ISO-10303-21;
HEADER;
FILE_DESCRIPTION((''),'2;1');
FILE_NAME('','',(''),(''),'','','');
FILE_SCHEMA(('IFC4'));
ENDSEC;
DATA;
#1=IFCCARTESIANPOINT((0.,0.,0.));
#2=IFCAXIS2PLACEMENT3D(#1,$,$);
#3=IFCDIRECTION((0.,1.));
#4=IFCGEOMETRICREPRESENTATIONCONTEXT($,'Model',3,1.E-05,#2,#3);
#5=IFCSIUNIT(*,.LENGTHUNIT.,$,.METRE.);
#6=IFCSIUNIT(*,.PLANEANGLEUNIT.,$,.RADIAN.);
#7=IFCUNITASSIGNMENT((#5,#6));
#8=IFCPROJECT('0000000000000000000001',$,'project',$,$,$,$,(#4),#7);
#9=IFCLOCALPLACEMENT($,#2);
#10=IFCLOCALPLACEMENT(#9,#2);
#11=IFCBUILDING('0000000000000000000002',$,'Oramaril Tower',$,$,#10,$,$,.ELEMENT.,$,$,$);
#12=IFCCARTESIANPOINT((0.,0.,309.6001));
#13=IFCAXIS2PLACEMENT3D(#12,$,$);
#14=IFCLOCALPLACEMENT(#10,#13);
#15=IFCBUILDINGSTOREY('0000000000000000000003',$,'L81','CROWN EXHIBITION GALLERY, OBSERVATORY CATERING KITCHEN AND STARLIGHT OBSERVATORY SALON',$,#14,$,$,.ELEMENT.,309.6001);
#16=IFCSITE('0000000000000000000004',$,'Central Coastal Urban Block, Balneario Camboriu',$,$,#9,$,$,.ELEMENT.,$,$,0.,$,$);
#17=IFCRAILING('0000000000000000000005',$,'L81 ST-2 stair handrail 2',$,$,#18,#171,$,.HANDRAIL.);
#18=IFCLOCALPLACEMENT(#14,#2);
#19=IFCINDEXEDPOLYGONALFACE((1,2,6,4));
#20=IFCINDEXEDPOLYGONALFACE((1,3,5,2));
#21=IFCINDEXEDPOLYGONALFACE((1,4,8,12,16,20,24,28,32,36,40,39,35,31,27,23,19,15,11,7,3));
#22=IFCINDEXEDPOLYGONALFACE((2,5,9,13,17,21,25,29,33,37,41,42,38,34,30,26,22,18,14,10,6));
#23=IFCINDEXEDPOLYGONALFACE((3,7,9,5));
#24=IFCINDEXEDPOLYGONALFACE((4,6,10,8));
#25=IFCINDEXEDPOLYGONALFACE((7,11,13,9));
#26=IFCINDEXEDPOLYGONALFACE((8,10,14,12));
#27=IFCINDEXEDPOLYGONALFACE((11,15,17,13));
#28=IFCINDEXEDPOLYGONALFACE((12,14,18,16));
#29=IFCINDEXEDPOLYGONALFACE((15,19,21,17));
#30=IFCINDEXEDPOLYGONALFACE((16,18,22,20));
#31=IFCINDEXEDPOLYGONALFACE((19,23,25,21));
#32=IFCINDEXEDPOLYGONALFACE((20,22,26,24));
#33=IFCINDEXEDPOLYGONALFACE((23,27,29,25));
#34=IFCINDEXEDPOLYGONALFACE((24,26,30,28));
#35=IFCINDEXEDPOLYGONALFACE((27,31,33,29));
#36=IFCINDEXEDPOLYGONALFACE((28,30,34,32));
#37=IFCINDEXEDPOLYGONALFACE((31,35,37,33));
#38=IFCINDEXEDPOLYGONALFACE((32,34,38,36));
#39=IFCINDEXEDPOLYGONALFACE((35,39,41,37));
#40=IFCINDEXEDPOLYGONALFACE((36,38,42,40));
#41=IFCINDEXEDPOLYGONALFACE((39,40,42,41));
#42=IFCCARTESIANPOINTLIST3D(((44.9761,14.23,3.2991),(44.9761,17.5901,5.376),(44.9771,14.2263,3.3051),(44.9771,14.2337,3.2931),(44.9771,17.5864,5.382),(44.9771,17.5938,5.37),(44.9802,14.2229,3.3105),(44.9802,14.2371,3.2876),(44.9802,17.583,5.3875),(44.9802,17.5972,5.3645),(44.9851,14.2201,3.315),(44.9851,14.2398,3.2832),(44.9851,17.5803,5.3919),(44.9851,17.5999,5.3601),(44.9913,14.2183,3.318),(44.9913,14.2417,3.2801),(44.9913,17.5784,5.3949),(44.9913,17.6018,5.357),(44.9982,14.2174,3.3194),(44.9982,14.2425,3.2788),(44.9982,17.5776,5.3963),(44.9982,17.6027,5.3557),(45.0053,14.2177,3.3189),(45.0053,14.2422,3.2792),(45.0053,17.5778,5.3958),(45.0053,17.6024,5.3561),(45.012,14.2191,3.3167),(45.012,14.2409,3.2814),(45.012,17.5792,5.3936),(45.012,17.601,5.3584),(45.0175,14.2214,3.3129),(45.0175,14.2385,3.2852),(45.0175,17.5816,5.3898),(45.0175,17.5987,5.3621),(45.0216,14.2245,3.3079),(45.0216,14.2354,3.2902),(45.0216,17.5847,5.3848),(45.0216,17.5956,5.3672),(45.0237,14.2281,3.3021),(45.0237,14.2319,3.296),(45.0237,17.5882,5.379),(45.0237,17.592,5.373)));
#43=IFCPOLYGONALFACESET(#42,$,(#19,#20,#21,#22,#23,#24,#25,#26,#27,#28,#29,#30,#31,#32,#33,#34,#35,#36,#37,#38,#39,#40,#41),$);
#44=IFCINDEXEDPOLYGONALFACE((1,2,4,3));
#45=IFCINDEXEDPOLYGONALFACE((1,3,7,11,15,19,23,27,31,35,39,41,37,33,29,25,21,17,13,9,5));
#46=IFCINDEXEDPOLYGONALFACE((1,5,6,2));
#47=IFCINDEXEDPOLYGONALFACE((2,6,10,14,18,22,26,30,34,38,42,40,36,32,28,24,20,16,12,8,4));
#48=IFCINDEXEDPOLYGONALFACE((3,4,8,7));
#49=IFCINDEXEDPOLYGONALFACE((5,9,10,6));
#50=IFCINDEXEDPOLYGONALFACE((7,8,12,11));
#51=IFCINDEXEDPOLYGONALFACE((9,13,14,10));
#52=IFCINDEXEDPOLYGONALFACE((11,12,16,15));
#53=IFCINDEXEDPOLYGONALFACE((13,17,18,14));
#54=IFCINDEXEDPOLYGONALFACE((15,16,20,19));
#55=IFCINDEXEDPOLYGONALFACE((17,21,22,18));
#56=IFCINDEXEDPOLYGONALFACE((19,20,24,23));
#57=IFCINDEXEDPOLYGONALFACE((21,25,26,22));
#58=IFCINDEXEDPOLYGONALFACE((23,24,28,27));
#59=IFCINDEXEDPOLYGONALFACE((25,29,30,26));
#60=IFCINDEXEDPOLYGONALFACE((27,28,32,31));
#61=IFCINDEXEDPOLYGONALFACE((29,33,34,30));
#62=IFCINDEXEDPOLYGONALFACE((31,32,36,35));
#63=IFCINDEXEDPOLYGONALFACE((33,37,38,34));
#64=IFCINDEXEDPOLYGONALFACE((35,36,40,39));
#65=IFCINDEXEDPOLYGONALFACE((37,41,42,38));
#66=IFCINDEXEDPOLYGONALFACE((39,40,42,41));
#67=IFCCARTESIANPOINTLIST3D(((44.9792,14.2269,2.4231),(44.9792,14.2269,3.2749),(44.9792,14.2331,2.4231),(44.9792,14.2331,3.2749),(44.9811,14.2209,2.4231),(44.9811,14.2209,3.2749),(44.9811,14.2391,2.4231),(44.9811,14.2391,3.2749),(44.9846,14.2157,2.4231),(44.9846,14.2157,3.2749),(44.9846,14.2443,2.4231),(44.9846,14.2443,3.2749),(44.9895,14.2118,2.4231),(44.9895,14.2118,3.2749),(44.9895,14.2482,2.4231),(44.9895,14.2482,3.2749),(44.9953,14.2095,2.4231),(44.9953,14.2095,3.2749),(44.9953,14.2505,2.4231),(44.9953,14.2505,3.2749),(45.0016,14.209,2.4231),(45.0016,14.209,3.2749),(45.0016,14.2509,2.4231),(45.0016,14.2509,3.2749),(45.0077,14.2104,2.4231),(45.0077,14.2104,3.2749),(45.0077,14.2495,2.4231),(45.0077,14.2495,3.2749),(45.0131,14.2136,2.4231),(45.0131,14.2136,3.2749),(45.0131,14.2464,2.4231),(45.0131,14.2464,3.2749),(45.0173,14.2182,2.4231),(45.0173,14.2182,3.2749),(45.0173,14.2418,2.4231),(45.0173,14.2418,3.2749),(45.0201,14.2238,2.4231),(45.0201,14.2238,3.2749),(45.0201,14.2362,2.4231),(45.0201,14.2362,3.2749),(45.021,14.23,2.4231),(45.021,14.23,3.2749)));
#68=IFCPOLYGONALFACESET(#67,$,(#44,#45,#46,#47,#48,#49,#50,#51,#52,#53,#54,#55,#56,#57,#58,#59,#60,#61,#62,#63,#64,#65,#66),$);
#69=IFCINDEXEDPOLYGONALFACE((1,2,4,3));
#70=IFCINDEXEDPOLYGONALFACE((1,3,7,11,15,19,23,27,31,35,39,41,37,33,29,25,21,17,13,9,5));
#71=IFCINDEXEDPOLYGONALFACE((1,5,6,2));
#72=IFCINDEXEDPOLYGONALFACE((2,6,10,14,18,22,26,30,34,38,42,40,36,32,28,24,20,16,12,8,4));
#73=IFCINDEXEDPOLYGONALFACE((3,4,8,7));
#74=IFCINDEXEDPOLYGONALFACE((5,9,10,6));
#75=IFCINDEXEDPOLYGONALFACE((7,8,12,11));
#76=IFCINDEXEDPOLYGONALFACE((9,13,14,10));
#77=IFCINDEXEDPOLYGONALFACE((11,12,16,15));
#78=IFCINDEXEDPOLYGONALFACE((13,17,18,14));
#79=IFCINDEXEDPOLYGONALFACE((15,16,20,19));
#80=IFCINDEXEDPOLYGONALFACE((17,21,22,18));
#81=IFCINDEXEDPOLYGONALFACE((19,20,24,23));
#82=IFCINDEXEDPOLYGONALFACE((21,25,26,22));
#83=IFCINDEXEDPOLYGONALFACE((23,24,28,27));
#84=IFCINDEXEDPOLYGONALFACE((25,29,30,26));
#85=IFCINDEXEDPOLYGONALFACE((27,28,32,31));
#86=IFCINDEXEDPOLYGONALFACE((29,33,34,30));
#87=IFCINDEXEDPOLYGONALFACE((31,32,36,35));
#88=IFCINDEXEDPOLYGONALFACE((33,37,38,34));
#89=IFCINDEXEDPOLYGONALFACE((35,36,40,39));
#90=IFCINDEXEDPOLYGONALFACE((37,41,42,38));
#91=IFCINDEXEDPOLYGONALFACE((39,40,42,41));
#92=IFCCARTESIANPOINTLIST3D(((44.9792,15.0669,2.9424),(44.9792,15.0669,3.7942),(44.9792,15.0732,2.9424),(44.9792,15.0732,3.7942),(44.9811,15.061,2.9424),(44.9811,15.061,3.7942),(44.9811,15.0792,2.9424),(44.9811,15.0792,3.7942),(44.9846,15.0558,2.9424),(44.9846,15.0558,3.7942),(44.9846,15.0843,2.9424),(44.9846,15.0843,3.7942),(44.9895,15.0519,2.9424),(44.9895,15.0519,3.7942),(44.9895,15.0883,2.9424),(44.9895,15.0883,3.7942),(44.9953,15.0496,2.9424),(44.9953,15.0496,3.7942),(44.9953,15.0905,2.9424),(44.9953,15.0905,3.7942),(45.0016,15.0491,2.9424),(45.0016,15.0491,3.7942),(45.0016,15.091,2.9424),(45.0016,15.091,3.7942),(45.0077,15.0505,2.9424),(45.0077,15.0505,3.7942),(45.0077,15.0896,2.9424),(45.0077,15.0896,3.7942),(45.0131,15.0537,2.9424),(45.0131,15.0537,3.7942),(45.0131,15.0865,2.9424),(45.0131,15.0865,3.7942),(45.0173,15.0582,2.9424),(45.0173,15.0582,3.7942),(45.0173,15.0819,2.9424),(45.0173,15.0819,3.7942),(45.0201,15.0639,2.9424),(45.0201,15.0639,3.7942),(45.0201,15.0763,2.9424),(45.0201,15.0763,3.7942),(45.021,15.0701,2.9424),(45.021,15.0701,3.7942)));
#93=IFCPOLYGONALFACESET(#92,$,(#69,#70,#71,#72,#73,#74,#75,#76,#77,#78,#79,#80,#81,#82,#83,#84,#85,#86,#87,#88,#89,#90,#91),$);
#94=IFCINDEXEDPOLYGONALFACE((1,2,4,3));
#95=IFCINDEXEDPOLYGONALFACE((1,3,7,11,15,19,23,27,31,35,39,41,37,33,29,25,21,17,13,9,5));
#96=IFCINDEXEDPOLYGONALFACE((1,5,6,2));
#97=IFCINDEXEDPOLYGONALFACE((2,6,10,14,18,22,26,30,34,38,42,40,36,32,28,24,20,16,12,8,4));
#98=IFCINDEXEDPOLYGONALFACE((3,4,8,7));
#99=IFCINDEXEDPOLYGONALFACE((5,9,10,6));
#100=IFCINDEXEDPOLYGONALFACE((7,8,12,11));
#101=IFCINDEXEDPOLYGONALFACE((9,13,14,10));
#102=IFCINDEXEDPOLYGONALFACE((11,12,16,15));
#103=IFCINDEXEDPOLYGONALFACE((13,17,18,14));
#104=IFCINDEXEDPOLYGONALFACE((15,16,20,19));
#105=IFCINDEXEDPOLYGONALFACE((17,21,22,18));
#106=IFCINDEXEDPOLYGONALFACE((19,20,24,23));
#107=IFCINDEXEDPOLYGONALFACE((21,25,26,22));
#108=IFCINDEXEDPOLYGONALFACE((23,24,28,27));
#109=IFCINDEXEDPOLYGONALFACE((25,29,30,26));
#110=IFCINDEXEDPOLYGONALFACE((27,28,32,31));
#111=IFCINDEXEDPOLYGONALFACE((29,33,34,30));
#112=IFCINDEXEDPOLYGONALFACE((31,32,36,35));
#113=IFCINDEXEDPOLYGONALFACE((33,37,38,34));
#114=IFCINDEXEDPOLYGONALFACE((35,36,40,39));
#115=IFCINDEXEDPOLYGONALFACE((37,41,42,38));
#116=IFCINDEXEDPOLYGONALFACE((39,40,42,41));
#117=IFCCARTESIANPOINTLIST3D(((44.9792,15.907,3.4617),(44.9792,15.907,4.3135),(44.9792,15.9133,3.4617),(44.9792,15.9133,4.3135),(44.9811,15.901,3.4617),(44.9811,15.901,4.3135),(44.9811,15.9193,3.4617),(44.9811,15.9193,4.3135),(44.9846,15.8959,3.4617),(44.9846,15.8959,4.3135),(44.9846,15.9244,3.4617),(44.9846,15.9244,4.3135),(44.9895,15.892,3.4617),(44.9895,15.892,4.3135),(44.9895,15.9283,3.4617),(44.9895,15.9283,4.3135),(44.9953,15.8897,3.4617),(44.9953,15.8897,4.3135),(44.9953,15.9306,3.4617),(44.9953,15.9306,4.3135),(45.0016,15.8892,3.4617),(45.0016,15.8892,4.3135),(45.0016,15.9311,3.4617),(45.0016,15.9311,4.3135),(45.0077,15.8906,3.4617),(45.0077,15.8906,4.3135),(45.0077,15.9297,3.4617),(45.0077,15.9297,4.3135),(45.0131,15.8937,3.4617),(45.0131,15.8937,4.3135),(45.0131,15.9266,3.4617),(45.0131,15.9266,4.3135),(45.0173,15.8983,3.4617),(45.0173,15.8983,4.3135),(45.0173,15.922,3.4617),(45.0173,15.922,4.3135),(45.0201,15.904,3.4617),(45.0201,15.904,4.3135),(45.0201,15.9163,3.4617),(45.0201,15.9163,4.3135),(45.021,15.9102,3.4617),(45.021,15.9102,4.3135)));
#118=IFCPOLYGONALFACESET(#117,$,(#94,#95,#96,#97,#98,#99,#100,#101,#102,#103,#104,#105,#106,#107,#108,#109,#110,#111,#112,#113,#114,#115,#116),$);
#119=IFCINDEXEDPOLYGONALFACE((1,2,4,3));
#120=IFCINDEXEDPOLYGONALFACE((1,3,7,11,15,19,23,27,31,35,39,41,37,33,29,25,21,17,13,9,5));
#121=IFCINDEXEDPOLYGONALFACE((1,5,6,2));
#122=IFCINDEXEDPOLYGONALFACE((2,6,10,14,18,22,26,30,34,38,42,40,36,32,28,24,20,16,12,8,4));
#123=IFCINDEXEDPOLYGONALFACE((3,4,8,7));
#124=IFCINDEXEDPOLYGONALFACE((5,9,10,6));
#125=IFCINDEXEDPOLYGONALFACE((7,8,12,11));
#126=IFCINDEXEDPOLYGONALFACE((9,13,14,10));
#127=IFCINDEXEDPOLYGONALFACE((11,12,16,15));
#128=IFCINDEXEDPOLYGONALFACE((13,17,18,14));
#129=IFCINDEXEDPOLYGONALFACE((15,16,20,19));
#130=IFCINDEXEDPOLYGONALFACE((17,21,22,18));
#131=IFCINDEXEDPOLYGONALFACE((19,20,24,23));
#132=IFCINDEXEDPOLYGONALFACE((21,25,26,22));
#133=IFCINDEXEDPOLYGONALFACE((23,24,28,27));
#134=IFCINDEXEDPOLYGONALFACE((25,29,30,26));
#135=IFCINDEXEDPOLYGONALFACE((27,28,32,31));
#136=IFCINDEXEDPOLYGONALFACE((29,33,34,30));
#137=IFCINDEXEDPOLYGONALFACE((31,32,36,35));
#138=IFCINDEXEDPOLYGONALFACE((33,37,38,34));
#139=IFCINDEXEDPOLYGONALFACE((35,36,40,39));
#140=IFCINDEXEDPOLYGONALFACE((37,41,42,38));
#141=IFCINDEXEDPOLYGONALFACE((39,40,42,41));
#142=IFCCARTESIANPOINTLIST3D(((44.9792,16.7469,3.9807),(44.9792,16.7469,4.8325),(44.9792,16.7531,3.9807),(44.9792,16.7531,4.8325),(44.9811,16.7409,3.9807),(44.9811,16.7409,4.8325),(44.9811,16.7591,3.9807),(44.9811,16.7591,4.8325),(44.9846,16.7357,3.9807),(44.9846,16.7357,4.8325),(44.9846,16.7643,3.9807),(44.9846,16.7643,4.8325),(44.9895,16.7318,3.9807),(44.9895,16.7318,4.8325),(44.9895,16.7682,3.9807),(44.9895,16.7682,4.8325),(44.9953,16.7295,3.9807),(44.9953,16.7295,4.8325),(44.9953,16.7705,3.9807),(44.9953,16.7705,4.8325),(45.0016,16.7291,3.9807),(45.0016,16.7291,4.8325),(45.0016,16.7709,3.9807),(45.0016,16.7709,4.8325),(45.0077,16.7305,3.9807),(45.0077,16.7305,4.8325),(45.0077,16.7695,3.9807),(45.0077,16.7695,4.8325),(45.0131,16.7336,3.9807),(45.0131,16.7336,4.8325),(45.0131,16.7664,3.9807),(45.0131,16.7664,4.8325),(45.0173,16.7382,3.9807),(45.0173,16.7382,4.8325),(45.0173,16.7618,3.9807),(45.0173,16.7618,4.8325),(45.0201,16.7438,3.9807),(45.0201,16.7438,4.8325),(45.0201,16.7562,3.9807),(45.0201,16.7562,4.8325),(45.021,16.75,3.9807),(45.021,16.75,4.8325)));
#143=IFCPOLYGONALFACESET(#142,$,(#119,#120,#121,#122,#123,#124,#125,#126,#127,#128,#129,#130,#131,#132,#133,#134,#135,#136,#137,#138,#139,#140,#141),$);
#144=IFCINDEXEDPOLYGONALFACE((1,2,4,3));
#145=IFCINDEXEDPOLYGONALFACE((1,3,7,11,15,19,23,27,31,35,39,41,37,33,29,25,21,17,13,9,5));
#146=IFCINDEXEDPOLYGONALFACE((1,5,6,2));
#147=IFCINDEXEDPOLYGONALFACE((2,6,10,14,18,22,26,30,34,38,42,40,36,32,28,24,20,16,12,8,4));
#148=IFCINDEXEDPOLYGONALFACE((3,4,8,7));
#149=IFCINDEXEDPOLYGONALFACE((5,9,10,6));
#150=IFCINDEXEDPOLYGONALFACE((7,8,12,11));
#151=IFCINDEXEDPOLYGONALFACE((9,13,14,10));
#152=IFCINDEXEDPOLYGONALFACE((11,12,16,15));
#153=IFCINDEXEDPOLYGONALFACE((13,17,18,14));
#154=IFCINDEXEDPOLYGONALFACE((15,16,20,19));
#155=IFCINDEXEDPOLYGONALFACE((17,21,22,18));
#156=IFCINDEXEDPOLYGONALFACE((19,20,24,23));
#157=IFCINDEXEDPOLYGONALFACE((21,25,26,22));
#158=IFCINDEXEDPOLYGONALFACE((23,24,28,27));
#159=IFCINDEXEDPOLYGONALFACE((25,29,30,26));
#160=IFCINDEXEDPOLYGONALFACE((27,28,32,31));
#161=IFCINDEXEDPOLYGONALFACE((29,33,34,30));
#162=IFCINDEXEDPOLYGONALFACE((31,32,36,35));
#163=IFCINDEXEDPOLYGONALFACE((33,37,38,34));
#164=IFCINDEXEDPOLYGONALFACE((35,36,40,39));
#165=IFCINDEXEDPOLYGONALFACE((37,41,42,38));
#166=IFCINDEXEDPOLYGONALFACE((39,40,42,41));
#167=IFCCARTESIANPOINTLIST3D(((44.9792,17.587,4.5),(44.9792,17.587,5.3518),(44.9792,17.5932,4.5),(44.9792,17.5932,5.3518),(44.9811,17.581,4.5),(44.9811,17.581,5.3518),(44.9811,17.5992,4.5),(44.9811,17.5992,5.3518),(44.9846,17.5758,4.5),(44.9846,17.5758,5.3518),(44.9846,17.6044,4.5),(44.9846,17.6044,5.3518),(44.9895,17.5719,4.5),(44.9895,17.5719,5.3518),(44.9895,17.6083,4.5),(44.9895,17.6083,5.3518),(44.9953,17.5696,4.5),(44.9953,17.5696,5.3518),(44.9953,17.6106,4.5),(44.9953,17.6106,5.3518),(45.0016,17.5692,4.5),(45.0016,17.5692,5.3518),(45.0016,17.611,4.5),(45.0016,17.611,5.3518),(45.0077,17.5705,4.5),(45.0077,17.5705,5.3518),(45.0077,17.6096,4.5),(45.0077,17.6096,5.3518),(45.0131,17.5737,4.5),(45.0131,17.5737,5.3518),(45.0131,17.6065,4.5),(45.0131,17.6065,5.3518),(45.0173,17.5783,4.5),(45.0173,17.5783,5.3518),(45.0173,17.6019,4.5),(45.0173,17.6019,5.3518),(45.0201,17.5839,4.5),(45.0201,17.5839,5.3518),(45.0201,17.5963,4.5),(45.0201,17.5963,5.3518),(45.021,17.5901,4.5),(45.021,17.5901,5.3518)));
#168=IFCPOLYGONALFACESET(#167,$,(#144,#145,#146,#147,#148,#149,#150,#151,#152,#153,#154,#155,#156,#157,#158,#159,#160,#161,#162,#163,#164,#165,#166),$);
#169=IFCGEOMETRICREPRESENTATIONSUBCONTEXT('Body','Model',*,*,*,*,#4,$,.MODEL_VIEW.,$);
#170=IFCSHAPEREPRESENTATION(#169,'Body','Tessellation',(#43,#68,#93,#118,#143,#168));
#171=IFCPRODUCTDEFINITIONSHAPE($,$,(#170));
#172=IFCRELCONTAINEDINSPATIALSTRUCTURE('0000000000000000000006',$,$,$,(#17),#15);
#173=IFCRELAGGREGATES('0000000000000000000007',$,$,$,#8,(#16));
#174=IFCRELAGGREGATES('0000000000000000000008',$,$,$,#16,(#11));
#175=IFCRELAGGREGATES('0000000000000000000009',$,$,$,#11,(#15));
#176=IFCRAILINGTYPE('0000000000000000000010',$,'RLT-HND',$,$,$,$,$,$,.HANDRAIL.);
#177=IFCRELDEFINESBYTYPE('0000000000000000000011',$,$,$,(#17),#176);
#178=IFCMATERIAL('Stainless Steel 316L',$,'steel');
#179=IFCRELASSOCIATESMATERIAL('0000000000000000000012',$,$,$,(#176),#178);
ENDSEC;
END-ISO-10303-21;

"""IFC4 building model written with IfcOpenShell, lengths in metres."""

from ifc_helpers import new_model, si_unit, direction, frame, origin, origin_2d, place, context, subcontext, project, spatial, circle, extrude, material, type_object, element, save


model = new_model("IFC4")

# Units and contexts
model_context = context("Model", 3, precision=1e-05, world=origin(), true_north=direction((0.0, 1.0)))
body_context = subcontext(model_context, "Body", "Model", "MODEL_VIEW")
ifc_project = project(units=[si_unit("LENGTHUNIT", "METRE"), si_unit("PLANEANGLEUNIT", "RADIAN")], contexts=[model_context])

# Site, building, storey
site_placement = place(None, origin())
site = spatial("IfcSite", under=ifc_project, at=site_placement, Name="Central Coastal Urban Block, Balneario Camboriu", CompositionType="ELEMENT", RefElevation=0.0)
building_placement = place(site_placement, origin())
building = spatial("IfcBuilding", under=site, at=building_placement, Name="Oramaril Tower", CompositionType="ELEMENT")
storey_placement = place(building_placement, frame((0.0, 0.0, 309.6001)))
storey = spatial("IfcBuildingStorey", under=building, at=storey_placement, Name="L81", Description="CROWN EXHIBITION GALLERY, OBSERVATORY CATERING KITCHEN AND STARLIGHT OBSERVATORY SALON", CompositionType="ELEMENT", Elevation=309.6001)

# Railing
ifc_material_1 = material(Name="Stainless Steel 316L", Category="steel")
railing_type_1 = type_object("IfcRailingType", Name="RLT-HND", PredefinedType="HANDRAIL", material=ifc_material_1)
railing_1_placement = place(storey_placement, frame((45.0, 14.23, 2.4231)))
element("IfcRailing", 1, at=railing_1_placement, inside=storey, type_object=railing_type_1, Name="L81 ST-2 stair handrail 2", PredefinedType="HANDRAIL", context=body_context, shape_type="SweptSolid", body=[
    extrude(circle(Radius=0.0239, at=origin_2d()), frame((0.0, 0.0, 0.876), z_axis=(0.0, 0.850623, 0.525776), x_axis=(-1.0, 0.0, 0.0)), (0.0, 0.0, 1.0), 3.9502),
    extrude(circle(Radius=0.021, at=origin_2d()), origin(), (0.0, 0.0, 1.0), 0.8518),
    extrude(circle(Radius=0.021, at=origin_2d()), frame((0.0, 0.8401, 0.5193)), (0.0, 0.0, 1.0), 0.8518),
    extrude(circle(Radius=0.021, at=origin_2d()), frame((0.0, 1.6802, 1.0386)), (0.0, 0.0, 1.0), 0.8518),
    extrude(circle(Radius=0.021, at=origin_2d()), frame((0.0, 2.52, 1.5576)), (0.0, 0.0, 1.0), 0.8518),
    extrude(circle(Radius=0.021, at=origin_2d()), frame((0.0, 3.3601, 2.0769)), (0.0, 0.0, 1.0), 0.8518),
])

save(model, "model.ifc")
